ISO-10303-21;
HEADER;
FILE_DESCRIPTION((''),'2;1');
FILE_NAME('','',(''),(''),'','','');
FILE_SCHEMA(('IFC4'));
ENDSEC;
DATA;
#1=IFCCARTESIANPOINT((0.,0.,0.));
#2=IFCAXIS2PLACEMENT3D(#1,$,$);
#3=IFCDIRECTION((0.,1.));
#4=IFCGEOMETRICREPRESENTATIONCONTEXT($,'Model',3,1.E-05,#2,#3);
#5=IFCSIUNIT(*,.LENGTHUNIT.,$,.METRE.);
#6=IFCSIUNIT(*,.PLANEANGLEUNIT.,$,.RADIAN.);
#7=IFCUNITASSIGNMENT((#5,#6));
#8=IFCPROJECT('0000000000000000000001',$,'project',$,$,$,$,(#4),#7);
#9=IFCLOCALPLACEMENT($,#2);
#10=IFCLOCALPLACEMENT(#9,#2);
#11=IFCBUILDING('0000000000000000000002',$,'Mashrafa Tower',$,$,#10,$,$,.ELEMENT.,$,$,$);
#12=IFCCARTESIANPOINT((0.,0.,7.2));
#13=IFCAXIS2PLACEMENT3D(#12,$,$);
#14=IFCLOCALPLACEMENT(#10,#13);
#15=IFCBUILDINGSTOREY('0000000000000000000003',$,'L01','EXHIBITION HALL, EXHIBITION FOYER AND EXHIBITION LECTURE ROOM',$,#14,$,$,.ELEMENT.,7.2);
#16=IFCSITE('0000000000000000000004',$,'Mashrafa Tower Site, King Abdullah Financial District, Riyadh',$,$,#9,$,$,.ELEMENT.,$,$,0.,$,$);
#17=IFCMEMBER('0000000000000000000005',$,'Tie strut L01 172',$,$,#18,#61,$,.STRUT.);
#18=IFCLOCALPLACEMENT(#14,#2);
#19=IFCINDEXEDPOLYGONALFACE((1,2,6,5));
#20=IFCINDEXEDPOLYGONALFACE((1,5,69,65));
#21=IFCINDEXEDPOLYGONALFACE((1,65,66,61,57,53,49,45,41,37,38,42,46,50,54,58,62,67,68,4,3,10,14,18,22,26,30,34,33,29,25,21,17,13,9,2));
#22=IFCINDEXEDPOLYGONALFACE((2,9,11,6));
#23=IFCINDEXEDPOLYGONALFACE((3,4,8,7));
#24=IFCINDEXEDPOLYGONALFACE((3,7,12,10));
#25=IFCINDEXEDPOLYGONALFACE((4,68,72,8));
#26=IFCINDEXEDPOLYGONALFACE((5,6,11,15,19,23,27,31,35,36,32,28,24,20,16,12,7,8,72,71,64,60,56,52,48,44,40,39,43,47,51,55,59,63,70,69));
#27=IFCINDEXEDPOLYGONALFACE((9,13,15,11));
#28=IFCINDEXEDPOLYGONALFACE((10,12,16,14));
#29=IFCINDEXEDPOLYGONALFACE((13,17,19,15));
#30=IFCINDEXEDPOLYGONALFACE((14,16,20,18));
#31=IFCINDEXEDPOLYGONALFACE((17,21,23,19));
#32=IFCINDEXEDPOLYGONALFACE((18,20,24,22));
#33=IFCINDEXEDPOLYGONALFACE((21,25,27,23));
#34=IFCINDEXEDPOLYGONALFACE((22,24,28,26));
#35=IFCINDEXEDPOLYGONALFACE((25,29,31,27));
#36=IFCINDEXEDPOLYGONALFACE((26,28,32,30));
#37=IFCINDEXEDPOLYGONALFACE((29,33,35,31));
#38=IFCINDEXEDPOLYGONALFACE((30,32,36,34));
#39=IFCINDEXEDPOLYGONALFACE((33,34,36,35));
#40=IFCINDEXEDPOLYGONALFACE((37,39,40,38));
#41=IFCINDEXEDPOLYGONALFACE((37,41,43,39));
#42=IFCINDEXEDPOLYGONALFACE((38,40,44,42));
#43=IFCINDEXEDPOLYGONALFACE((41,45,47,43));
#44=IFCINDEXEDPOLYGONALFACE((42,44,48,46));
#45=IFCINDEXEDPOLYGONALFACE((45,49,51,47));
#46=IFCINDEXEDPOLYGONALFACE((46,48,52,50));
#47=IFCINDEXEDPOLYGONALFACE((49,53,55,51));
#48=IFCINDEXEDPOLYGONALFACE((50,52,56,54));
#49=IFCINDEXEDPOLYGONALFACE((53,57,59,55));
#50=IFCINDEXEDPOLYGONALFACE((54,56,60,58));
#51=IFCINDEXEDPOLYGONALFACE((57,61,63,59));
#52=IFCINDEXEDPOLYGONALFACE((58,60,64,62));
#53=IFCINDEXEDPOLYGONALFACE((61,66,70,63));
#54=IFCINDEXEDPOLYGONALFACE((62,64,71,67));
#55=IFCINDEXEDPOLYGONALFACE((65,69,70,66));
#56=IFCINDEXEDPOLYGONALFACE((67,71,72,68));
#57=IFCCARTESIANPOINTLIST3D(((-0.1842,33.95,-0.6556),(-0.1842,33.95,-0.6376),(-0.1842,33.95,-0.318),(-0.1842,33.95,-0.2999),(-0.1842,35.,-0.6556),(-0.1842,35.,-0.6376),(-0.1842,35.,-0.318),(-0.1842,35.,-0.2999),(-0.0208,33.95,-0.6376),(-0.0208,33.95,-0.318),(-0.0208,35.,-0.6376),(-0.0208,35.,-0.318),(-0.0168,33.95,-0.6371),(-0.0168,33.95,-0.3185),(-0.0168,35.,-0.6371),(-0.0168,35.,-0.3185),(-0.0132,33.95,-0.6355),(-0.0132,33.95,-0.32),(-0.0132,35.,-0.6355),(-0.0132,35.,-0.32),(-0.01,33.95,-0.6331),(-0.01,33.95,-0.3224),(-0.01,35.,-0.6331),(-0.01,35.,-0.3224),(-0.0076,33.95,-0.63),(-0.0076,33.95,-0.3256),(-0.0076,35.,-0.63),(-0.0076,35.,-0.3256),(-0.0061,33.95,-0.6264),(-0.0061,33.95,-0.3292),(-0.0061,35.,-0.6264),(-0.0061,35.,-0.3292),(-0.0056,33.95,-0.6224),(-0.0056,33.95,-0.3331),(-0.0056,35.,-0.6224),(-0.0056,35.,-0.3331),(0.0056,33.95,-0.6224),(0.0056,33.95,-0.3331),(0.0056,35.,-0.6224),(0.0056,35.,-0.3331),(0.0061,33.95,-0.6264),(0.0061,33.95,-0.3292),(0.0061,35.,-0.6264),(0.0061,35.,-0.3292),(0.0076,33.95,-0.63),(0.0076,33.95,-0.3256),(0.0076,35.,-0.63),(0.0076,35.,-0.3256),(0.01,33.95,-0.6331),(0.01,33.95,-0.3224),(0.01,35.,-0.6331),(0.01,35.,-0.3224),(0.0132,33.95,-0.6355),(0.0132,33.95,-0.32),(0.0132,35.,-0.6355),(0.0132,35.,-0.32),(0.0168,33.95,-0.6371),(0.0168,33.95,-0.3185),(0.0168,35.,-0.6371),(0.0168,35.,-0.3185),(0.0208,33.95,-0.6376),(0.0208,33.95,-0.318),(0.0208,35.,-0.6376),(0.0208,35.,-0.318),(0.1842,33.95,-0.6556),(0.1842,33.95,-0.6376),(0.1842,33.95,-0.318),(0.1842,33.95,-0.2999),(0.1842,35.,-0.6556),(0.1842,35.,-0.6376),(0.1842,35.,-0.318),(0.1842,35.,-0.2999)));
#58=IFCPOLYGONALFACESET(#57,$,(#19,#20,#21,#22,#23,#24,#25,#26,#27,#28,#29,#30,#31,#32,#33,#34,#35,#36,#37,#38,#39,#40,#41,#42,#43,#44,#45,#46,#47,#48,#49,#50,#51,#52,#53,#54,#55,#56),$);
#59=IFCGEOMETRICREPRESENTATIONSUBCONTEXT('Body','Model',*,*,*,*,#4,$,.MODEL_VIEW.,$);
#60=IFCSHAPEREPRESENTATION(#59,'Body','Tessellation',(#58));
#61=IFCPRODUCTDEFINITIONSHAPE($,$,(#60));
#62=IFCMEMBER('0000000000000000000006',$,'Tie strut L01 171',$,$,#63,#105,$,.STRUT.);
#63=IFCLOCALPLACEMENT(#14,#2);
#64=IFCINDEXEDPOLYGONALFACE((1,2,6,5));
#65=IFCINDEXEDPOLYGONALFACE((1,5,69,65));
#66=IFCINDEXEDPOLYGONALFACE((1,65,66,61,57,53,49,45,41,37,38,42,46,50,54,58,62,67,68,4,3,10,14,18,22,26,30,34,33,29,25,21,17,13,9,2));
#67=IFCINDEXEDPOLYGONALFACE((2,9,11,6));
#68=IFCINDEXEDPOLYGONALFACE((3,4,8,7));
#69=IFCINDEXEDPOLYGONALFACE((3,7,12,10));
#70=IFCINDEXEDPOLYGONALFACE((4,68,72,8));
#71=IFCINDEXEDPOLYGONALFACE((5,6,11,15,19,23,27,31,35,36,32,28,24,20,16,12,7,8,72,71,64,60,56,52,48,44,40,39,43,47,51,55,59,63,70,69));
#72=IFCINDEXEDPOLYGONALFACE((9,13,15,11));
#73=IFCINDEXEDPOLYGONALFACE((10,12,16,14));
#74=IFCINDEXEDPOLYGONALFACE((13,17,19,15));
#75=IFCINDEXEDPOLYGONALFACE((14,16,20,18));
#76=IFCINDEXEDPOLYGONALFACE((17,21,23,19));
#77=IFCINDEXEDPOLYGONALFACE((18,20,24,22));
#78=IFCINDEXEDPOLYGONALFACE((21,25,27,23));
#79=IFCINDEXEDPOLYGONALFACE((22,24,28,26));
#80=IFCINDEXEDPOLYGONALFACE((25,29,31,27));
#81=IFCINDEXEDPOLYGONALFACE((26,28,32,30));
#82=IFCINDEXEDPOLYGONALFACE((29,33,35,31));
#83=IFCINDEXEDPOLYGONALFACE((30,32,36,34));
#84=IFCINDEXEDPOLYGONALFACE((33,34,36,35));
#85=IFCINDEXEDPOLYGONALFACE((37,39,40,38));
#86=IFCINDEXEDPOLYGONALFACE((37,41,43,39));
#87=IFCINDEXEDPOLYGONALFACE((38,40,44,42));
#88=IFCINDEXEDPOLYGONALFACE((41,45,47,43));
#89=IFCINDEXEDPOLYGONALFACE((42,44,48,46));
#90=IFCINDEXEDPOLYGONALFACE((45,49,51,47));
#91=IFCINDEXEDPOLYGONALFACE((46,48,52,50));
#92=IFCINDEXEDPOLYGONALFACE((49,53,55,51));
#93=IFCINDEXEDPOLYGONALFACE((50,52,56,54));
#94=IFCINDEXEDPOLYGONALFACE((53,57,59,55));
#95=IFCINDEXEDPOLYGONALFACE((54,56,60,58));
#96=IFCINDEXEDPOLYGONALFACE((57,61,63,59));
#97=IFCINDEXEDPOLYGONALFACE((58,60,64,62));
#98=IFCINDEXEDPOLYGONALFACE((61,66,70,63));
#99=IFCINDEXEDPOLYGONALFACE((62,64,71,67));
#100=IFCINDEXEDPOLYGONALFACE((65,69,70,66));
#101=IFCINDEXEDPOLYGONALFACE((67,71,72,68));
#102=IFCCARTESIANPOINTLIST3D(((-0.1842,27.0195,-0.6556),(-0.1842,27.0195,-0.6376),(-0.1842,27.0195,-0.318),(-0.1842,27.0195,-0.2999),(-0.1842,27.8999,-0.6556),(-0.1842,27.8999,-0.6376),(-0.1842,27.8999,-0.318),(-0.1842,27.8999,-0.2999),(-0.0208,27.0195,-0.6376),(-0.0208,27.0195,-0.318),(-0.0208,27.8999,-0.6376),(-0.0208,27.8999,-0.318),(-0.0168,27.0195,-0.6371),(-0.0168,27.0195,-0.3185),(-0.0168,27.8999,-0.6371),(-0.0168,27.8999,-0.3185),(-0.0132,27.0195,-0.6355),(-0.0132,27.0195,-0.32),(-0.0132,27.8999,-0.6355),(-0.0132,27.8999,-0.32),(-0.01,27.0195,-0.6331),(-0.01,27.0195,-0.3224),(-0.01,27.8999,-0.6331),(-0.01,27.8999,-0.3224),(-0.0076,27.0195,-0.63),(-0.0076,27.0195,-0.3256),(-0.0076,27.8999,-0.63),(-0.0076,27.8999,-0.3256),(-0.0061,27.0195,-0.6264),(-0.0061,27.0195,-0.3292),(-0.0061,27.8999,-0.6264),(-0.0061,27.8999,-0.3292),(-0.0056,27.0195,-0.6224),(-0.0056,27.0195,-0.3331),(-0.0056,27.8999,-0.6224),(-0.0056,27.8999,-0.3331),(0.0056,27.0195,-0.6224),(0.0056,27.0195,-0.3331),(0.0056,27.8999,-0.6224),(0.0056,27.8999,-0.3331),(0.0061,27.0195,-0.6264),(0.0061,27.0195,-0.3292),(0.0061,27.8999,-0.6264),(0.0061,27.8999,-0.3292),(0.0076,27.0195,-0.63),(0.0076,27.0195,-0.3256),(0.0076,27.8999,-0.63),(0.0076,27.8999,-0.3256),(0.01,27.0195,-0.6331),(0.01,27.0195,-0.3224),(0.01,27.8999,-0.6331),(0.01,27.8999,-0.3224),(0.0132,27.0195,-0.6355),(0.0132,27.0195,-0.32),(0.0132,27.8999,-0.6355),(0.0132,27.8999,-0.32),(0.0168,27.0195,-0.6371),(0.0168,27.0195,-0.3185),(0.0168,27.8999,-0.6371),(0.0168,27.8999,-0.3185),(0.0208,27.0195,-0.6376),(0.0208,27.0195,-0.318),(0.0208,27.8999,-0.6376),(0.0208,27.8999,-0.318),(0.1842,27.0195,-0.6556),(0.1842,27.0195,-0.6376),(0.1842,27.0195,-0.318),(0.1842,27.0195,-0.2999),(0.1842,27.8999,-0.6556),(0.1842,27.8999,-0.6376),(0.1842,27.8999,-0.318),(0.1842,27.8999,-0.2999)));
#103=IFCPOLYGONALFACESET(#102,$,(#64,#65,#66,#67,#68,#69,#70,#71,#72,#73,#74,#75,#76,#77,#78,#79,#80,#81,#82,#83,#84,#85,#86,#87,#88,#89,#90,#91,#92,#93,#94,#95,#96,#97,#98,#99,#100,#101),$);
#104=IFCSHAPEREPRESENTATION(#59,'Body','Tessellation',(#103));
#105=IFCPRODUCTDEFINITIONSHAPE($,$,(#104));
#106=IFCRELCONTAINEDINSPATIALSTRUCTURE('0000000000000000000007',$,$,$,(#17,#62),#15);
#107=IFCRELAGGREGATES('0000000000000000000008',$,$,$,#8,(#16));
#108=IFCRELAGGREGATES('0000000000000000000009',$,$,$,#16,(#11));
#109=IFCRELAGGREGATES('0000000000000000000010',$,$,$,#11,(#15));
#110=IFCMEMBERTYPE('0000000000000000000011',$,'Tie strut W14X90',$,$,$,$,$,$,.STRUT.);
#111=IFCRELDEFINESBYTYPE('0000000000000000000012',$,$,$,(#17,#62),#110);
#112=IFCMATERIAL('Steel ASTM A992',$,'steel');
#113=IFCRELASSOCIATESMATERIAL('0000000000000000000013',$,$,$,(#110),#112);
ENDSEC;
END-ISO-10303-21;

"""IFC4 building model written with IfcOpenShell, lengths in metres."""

from ifc_helpers import new_model, si_unit, direction, frame, origin, origin_2d, place, context, subcontext, project, spatial, i_section, extrude, source, transform, mapped, material, material_profile, profile_set, type_object, type_shapes, element, save


model = new_model("IFC4")

# Units and contexts
model_context = context("Model", 3, precision=1e-05, world=origin(), true_north=direction((0.0, 1.0)))
body_context = subcontext(model_context, "Body", "Model", "MODEL_VIEW")
ifc_project = project(units=[si_unit("LENGTHUNIT", "METRE"), si_unit("PLANEANGLEUNIT", "RADIAN")], contexts=[model_context])

# Site, building, storey
site_placement = place(None, origin())
site = spatial("IfcSite", under=ifc_project, at=site_placement, Name="Mashrafa Tower Site, King Abdullah Financial District, Riyadh", CompositionType="ELEMENT", RefElevation=0.0)
building_placement = place(site_placement, origin())
building = spatial("IfcBuilding", under=site, at=building_placement, Name="Mashrafa Tower", CompositionType="ELEMENT")
storey_placement = place(building_placement, frame((0.0, 0.0, 7.2)))
storey = spatial("IfcBuildingStorey", under=building, at=storey_placement, Name="L01", Description="EXHIBITION HALL, EXHIBITION FOYER AND EXHIBITION LECTURE ROOM", CompositionType="ELEMENT", Elevation=7.2)

# Members
ifc_material_1 = material(Name="Steel ASTM A992", Category="steel")
ifc_material_profile_1 = material_profile(ifc_material_1, i_section(OverallWidth=0.3684, OverallDepth=0.3557, WebThickness=0.0112, FlangeThickness=0.0181, FilletRadius=0.0151, at=origin_2d()), Name="W14X90")
ifc_profile_set_1 = profile_set([ifc_material_profile_1], Name="Steel ASTM A992")
member_type = type_object("IfcMemberType", Name="Tie strut W14X90", PredefinedType="STRUT", material=ifc_profile_set_1)
shared_shape_1 = source(origin(), body_context, "Body", "SweptSolid", [
    extrude(i_section(OverallWidth=0.3684, OverallDepth=0.3557, WebThickness=0.0112, FlangeThickness=0.0181, FilletRadius=0.0151, at=origin_2d()), origin(), (0.0, 0.0, 1.0), 1.05),
])
member_1_placement = place(storey_placement, frame((0.0, 33.95, -0.4778), z_axis=(0.0, 1.0, 0.0), x_axis=(-1.0, 0.0, 0.0)))
element("IfcMember", 1, at=member_1_placement, inside=storey, type_object=member_type, Name="Tie strut L01 172", PredefinedType="STRUT", context=body_context, shape_type="MappedRepresentation", body=[
    mapped(shared_shape_1, transform((0.0, 0.0, 0.0))),
])
shared_shape_2 = source(origin(), body_context, "Body", "SweptSolid", [
    extrude(i_section(OverallWidth=0.3684, OverallDepth=0.3557, WebThickness=0.0112, FlangeThickness=0.0181, FilletRadius=0.0151, at=origin_2d()), origin(), (0.0, 0.0, 1.0), 0.8804),
])
type_shapes(member_type, [shared_shape_1, shared_shape_2])
member_2_placement = place(storey_placement, frame((0.0, 27.0195, -0.4778), z_axis=(0.0, 1.0, 0.0), x_axis=(-1.0, 0.0, 0.0)))
element("IfcMember", 2, at=member_2_placement, inside=storey, type_object=member_type, Name="Tie strut L01 171", PredefinedType="STRUT", context=body_context, shape_type="MappedRepresentation", body=[
    mapped(shared_shape_2, transform((0.0, 0.0, 0.0))),
])

save(model, "model.ifc")
